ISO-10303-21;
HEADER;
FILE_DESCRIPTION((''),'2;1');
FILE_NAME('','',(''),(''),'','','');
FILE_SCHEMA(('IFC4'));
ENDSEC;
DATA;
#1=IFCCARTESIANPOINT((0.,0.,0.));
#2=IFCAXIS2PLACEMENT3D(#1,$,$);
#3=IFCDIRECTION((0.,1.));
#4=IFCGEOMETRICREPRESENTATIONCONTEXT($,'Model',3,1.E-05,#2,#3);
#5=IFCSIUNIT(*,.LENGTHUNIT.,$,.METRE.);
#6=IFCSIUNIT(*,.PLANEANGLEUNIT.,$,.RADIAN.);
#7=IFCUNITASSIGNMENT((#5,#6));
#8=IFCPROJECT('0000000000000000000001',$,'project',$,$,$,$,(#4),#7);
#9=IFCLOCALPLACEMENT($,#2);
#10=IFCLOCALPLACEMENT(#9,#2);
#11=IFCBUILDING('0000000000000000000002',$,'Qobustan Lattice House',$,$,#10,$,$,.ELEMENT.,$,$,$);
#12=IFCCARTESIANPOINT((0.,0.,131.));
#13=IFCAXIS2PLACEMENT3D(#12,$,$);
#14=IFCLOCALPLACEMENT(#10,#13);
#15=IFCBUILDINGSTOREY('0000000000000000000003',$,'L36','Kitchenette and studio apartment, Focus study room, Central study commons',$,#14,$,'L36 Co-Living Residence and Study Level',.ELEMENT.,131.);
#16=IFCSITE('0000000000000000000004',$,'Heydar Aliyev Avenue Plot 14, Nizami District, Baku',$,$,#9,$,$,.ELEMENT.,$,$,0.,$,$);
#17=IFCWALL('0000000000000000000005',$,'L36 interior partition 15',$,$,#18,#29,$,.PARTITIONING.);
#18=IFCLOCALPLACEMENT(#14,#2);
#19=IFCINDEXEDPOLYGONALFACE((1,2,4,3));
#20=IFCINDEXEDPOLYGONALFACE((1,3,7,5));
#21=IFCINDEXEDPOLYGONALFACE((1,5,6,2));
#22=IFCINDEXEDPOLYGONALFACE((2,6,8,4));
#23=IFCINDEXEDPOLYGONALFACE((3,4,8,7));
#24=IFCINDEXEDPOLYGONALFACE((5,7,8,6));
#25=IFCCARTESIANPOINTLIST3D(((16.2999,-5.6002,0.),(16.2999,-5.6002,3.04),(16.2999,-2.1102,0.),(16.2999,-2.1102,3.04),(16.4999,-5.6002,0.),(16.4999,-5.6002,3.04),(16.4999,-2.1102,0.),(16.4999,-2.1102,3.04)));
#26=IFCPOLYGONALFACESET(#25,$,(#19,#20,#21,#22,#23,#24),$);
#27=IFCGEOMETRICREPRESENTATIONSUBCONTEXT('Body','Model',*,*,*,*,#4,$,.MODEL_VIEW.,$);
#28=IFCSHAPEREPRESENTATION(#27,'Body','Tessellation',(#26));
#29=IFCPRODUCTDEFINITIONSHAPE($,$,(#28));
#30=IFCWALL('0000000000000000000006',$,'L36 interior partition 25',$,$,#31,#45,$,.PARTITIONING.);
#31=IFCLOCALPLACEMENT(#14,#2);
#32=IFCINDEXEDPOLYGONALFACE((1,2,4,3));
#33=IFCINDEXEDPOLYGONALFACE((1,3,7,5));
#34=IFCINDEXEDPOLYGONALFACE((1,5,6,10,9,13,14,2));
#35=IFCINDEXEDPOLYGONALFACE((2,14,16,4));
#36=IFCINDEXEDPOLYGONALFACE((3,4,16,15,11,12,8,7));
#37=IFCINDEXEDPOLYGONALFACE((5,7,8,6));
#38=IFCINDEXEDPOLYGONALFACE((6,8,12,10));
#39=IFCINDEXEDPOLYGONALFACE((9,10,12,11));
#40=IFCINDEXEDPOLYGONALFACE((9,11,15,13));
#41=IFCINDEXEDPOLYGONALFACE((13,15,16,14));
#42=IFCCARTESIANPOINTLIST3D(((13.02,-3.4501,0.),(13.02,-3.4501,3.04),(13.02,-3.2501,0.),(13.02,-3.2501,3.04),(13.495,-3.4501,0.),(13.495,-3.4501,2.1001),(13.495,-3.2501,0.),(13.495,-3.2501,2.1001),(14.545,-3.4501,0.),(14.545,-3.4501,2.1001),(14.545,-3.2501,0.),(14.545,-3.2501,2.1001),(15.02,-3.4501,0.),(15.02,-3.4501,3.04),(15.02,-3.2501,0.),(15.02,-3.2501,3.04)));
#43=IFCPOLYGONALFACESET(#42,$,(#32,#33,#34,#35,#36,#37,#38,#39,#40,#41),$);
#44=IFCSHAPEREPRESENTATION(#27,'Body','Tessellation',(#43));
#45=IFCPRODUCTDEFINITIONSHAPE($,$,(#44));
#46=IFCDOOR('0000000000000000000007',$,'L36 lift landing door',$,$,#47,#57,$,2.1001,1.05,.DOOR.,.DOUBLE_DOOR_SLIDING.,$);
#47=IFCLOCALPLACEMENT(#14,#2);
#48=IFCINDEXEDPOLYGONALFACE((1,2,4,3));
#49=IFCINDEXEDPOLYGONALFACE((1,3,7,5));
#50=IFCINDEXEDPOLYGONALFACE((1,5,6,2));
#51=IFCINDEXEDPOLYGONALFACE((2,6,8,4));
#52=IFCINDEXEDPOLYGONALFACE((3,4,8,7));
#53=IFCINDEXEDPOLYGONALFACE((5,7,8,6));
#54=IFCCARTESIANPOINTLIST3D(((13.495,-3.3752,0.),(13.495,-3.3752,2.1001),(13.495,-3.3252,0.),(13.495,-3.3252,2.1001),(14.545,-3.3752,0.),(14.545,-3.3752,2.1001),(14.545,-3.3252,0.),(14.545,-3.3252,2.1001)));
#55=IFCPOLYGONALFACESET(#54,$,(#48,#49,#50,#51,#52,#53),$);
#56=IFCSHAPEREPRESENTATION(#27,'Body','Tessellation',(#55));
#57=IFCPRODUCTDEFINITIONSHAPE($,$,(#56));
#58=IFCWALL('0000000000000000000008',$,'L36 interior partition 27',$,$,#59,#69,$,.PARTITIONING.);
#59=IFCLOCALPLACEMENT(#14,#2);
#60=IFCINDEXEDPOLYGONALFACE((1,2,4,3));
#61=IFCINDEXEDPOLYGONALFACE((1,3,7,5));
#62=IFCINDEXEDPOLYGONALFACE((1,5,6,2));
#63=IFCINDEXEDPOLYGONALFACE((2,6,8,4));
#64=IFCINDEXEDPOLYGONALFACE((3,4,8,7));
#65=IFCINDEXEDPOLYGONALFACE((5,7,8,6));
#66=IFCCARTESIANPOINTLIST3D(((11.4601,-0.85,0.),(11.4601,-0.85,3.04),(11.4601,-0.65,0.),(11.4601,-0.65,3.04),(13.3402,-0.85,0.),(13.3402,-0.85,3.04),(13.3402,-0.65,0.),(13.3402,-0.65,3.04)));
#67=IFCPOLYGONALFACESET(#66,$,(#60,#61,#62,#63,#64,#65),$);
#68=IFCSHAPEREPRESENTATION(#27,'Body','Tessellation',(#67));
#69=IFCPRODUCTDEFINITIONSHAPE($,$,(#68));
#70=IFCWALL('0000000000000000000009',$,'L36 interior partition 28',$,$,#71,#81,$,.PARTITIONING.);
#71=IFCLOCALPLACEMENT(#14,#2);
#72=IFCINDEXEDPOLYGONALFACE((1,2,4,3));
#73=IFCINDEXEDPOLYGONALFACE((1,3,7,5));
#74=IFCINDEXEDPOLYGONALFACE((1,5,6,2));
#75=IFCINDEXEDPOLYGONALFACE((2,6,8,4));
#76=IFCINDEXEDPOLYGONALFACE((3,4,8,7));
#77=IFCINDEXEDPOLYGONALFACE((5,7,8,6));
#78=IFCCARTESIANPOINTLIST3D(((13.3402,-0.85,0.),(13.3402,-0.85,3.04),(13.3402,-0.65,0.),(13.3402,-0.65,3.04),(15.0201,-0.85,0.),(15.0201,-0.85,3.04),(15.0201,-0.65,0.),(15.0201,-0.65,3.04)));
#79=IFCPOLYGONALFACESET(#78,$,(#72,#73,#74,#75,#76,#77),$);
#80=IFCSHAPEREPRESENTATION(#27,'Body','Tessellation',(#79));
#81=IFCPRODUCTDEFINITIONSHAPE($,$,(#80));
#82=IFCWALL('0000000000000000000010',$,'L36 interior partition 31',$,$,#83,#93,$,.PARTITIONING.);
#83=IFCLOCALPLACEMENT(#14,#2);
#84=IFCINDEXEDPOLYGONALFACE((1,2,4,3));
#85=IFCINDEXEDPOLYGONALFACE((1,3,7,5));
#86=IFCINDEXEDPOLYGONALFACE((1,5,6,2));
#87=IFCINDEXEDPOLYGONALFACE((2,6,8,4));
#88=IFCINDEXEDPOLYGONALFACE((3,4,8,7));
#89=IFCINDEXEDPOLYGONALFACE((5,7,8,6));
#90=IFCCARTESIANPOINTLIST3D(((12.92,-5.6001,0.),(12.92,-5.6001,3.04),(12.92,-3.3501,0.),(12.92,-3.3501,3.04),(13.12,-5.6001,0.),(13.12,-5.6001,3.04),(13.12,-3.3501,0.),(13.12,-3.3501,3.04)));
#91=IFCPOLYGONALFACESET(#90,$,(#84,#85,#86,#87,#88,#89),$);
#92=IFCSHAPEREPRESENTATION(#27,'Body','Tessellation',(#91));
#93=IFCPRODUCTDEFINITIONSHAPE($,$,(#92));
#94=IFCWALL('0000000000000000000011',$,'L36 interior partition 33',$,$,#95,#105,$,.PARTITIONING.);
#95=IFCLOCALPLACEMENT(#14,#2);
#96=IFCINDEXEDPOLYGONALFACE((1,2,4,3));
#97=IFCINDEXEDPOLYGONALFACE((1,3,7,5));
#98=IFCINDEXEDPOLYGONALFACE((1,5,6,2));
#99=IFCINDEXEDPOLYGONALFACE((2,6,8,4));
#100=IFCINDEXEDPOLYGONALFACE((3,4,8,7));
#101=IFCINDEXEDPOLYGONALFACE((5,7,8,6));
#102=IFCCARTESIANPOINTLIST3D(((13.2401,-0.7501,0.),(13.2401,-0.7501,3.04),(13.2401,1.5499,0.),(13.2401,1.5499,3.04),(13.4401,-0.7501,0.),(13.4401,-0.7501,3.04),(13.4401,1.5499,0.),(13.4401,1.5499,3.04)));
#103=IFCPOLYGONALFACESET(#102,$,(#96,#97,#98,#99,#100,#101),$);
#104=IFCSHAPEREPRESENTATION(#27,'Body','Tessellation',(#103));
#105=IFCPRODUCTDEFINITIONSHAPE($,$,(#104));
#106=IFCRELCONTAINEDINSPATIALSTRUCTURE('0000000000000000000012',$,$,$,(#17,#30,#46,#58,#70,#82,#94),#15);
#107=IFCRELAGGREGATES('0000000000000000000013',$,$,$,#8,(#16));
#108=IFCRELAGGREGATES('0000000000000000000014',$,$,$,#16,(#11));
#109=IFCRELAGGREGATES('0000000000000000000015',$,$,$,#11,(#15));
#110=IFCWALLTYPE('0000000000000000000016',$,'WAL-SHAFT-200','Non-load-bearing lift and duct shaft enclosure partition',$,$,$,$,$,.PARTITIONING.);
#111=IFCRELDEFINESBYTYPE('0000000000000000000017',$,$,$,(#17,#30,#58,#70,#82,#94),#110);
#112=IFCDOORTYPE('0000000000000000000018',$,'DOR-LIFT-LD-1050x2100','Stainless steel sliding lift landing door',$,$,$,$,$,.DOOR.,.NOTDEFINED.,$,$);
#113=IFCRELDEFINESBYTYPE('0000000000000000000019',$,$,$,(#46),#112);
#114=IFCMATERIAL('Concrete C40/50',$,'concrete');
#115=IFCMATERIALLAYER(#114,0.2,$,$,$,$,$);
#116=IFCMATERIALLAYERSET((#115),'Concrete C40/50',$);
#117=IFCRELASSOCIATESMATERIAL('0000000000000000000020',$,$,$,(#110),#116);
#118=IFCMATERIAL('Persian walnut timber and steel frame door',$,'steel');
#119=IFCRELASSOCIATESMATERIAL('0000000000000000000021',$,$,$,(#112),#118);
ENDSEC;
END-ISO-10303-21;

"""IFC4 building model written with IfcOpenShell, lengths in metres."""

from ifc_helpers import new_model, si_unit, direction, frame, frame_2d, origin, place, context, subcontext, project, spatial, rectangle, extrude, material, layer, layer_set, type_object, element, fill, save


model = new_model("IFC4")

# Units and contexts
model_context = context("Model", 3, precision=1e-05, world=origin(), true_north=direction((0.0, 1.0)))
body_context = subcontext(model_context, "Body", "Model", "MODEL_VIEW")
ifc_project = project(units=[si_unit("LENGTHUNIT", "METRE"), si_unit("PLANEANGLEUNIT", "RADIAN")], contexts=[model_context])

# Site, building, storey
site_placement = place(None, origin())
site = spatial("IfcSite", under=ifc_project, at=site_placement, Name="Heydar Aliyev Avenue Plot 14, Nizami District, Baku", CompositionType="ELEMENT", RefElevation=0.0)
building_placement = place(site_placement, origin())
building = spatial("IfcBuilding", under=site, at=building_placement, Name="Qobustan Lattice House", CompositionType="ELEMENT")
storey_placement = place(building_placement, frame((0.0, 0.0, 131.0)))
storey = spatial("IfcBuildingStorey", under=building, at=storey_placement, Name="L36", Description="Kitchenette and studio apartment, Focus study room, Central study commons", LongName="L36 Co-Living Residence and Study Level", CompositionType="ELEMENT", Elevation=131.0)

# Wall
ifc_material_1 = material(Name="Concrete C40/50", Category="concrete")
ifc_layer_1 = layer(ifc_material_1, 0.2)
ifc_layer_set_1 = layer_set([ifc_layer_1], Name="Concrete C40/50")
wall_type_1 = type_object("IfcWallType", Name="WAL-SHAFT-200", Description="Non-load-bearing lift and duct shaft enclosure partition", PredefinedType="PARTITIONING", material=ifc_layer_set_1)
wall_1_placement = place(storey_placement, frame((16.3999, -2.1101, 0.0), z_axis=(0.0, 0.0, 1.0), x_axis=(0.0, -1.0, 0.0)))
element("IfcWall", 1, at=wall_1_placement, inside=storey, type_object=wall_type_1, Name="L36 interior partition 15", PredefinedType="PARTITIONING", context=body_context, shape_type="SweptSolid", body=[
    extrude(rectangle(XDim=3.49, YDim=0.2, at=frame_2d((1.7451, 0.0))), origin(), (0.0, 0.0, 1.0), 3.04),
])

# Wall, opening, door
wall_2_placement = place(storey_placement, frame((13.02, -3.3501, 0.0), z_axis=(0.0, 0.0, 1.0), x_axis=(1.0, 0.0, 0.0)))
wall_2 = element("IfcWall", 2, at=wall_2_placement, inside=storey, type_object=wall_type_1, Name="L36 interior partition 25", PredefinedType="PARTITIONING", context=body_context, shape_type="SweptSolid", body=[
    extrude(rectangle(XDim=2.0, YDim=0.2, at=frame_2d((1.0, 0.0))), origin(), (0.0, 0.0, 1.0), 3.04),
])
opening_1_placement = place(wall_2_placement, frame((0.4751, 0.0, 0.0)))
opening_1 = element("IfcOpeningElement", 3, at=opening_1_placement, cuts=wall_2, PredefinedType="OPENING", context=body_context, shape_type="SweptSolid", body=[
    extrude(rectangle(XDim=1.05, YDim=2.1001, at=frame_2d((0.5249, 1.05))), frame((0.0, 0.1099, 0.0), z_axis=(0.0, -1.0, 0.0), x_axis=(1.0, 0.0, 0.0)), (0.0, 0.0, 1.0), 0.22),
])
ifc_material_2 = material(Name="Persian walnut timber and steel frame door", Category="steel")
door_type_1 = type_object("IfcDoorType", Name="DOR-LIFT-LD-1050x2100", Description="Stainless steel sliding lift landing door", OperationType="NOTDEFINED", PredefinedType="DOOR", material=ifc_material_2)
door_1_placement = place(opening_1_placement, origin())
door_1 = element("IfcDoor", 4, at=door_1_placement, inside=storey, type_object=door_type_1, Name="L36 lift landing door", OperationType="DOUBLE_DOOR_SLIDING", OverallHeight=2.1001, OverallWidth=1.05, PredefinedType="DOOR", context=body_context, shape_type="SweptSolid", body=[
    extrude(rectangle(XDim=1.05, YDim=2.1001, at=frame_2d((0.5249, 1.05))), frame((0.0, 0.0249, 0.0), z_axis=(0.0, -1.0, 0.0), x_axis=(1.0, 0.0, 0.0)), (0.0, 0.0, 1.0), 0.05),
])
fill(opening_1, door_1)

# Walls
wall_3_placement = place(storey_placement, frame((13.3401, -0.75, 0.0), z_axis=(0.0, 0.0, 1.0), x_axis=(-1.0, 0.0, 0.0)))
element("IfcWall", 5, at=wall_3_placement, inside=storey, type_object=wall_type_1, Name="L36 interior partition 27", PredefinedType="PARTITIONING", context=body_context, shape_type="SweptSolid", body=[
    extrude(rectangle(XDim=1.8801, YDim=0.2, at=frame_2d((0.9399, 0.0))), origin(), (0.0, 0.0, 1.0), 3.04),
])
wall_4_placement = place(storey_placement, frame((15.02, -0.75, 0.0), z_axis=(0.0, 0.0, 1.0), x_axis=(-1.0, 0.0, 0.0)))
element("IfcWall", 6, at=wall_4_placement, inside=storey, type_object=wall_type_1, Name="L36 interior partition 28", PredefinedType="PARTITIONING", context=body_context, shape_type="SweptSolid", body=[
    extrude(rectangle(XDim=1.6799, YDim=0.2, at=frame_2d((0.8398, 0.0))), origin(), (0.0, 0.0, 1.0), 3.04),
])
wall_5_placement = place(storey_placement, frame((13.02, -5.6001, 0.0), z_axis=(0.0, 0.0, 1.0), x_axis=(0.0, 1.0, 0.0)))
element("IfcWall", 7, at=wall_5_placement, inside=storey, type_object=wall_type_1, Name="L36 interior partition 31", PredefinedType="PARTITIONING", context=body_context, shape_type="SweptSolid", body=[
    extrude(rectangle(XDim=2.25, YDim=0.2, at=frame_2d((1.125, 0.0))), origin(), (0.0, 0.0, 1.0), 3.04),
])
wall_6_placement = place(storey_placement, frame((13.3401, -0.75, 0.0), z_axis=(0.0, 0.0, 1.0), x_axis=(0.0, 1.0, 0.0)))
element("IfcWall", 8, at=wall_6_placement, inside=storey, type_object=wall_type_1, Name="L36 interior partition 33", PredefinedType="PARTITIONING", context=body_context, shape_type="SweptSolid", body=[
    extrude(rectangle(XDim=2.3, YDim=0.2, at=frame_2d((1.1499, 0.0))), origin(), (0.0, 0.0, 1.0), 3.04),
])

save(model, "model.ifc")
